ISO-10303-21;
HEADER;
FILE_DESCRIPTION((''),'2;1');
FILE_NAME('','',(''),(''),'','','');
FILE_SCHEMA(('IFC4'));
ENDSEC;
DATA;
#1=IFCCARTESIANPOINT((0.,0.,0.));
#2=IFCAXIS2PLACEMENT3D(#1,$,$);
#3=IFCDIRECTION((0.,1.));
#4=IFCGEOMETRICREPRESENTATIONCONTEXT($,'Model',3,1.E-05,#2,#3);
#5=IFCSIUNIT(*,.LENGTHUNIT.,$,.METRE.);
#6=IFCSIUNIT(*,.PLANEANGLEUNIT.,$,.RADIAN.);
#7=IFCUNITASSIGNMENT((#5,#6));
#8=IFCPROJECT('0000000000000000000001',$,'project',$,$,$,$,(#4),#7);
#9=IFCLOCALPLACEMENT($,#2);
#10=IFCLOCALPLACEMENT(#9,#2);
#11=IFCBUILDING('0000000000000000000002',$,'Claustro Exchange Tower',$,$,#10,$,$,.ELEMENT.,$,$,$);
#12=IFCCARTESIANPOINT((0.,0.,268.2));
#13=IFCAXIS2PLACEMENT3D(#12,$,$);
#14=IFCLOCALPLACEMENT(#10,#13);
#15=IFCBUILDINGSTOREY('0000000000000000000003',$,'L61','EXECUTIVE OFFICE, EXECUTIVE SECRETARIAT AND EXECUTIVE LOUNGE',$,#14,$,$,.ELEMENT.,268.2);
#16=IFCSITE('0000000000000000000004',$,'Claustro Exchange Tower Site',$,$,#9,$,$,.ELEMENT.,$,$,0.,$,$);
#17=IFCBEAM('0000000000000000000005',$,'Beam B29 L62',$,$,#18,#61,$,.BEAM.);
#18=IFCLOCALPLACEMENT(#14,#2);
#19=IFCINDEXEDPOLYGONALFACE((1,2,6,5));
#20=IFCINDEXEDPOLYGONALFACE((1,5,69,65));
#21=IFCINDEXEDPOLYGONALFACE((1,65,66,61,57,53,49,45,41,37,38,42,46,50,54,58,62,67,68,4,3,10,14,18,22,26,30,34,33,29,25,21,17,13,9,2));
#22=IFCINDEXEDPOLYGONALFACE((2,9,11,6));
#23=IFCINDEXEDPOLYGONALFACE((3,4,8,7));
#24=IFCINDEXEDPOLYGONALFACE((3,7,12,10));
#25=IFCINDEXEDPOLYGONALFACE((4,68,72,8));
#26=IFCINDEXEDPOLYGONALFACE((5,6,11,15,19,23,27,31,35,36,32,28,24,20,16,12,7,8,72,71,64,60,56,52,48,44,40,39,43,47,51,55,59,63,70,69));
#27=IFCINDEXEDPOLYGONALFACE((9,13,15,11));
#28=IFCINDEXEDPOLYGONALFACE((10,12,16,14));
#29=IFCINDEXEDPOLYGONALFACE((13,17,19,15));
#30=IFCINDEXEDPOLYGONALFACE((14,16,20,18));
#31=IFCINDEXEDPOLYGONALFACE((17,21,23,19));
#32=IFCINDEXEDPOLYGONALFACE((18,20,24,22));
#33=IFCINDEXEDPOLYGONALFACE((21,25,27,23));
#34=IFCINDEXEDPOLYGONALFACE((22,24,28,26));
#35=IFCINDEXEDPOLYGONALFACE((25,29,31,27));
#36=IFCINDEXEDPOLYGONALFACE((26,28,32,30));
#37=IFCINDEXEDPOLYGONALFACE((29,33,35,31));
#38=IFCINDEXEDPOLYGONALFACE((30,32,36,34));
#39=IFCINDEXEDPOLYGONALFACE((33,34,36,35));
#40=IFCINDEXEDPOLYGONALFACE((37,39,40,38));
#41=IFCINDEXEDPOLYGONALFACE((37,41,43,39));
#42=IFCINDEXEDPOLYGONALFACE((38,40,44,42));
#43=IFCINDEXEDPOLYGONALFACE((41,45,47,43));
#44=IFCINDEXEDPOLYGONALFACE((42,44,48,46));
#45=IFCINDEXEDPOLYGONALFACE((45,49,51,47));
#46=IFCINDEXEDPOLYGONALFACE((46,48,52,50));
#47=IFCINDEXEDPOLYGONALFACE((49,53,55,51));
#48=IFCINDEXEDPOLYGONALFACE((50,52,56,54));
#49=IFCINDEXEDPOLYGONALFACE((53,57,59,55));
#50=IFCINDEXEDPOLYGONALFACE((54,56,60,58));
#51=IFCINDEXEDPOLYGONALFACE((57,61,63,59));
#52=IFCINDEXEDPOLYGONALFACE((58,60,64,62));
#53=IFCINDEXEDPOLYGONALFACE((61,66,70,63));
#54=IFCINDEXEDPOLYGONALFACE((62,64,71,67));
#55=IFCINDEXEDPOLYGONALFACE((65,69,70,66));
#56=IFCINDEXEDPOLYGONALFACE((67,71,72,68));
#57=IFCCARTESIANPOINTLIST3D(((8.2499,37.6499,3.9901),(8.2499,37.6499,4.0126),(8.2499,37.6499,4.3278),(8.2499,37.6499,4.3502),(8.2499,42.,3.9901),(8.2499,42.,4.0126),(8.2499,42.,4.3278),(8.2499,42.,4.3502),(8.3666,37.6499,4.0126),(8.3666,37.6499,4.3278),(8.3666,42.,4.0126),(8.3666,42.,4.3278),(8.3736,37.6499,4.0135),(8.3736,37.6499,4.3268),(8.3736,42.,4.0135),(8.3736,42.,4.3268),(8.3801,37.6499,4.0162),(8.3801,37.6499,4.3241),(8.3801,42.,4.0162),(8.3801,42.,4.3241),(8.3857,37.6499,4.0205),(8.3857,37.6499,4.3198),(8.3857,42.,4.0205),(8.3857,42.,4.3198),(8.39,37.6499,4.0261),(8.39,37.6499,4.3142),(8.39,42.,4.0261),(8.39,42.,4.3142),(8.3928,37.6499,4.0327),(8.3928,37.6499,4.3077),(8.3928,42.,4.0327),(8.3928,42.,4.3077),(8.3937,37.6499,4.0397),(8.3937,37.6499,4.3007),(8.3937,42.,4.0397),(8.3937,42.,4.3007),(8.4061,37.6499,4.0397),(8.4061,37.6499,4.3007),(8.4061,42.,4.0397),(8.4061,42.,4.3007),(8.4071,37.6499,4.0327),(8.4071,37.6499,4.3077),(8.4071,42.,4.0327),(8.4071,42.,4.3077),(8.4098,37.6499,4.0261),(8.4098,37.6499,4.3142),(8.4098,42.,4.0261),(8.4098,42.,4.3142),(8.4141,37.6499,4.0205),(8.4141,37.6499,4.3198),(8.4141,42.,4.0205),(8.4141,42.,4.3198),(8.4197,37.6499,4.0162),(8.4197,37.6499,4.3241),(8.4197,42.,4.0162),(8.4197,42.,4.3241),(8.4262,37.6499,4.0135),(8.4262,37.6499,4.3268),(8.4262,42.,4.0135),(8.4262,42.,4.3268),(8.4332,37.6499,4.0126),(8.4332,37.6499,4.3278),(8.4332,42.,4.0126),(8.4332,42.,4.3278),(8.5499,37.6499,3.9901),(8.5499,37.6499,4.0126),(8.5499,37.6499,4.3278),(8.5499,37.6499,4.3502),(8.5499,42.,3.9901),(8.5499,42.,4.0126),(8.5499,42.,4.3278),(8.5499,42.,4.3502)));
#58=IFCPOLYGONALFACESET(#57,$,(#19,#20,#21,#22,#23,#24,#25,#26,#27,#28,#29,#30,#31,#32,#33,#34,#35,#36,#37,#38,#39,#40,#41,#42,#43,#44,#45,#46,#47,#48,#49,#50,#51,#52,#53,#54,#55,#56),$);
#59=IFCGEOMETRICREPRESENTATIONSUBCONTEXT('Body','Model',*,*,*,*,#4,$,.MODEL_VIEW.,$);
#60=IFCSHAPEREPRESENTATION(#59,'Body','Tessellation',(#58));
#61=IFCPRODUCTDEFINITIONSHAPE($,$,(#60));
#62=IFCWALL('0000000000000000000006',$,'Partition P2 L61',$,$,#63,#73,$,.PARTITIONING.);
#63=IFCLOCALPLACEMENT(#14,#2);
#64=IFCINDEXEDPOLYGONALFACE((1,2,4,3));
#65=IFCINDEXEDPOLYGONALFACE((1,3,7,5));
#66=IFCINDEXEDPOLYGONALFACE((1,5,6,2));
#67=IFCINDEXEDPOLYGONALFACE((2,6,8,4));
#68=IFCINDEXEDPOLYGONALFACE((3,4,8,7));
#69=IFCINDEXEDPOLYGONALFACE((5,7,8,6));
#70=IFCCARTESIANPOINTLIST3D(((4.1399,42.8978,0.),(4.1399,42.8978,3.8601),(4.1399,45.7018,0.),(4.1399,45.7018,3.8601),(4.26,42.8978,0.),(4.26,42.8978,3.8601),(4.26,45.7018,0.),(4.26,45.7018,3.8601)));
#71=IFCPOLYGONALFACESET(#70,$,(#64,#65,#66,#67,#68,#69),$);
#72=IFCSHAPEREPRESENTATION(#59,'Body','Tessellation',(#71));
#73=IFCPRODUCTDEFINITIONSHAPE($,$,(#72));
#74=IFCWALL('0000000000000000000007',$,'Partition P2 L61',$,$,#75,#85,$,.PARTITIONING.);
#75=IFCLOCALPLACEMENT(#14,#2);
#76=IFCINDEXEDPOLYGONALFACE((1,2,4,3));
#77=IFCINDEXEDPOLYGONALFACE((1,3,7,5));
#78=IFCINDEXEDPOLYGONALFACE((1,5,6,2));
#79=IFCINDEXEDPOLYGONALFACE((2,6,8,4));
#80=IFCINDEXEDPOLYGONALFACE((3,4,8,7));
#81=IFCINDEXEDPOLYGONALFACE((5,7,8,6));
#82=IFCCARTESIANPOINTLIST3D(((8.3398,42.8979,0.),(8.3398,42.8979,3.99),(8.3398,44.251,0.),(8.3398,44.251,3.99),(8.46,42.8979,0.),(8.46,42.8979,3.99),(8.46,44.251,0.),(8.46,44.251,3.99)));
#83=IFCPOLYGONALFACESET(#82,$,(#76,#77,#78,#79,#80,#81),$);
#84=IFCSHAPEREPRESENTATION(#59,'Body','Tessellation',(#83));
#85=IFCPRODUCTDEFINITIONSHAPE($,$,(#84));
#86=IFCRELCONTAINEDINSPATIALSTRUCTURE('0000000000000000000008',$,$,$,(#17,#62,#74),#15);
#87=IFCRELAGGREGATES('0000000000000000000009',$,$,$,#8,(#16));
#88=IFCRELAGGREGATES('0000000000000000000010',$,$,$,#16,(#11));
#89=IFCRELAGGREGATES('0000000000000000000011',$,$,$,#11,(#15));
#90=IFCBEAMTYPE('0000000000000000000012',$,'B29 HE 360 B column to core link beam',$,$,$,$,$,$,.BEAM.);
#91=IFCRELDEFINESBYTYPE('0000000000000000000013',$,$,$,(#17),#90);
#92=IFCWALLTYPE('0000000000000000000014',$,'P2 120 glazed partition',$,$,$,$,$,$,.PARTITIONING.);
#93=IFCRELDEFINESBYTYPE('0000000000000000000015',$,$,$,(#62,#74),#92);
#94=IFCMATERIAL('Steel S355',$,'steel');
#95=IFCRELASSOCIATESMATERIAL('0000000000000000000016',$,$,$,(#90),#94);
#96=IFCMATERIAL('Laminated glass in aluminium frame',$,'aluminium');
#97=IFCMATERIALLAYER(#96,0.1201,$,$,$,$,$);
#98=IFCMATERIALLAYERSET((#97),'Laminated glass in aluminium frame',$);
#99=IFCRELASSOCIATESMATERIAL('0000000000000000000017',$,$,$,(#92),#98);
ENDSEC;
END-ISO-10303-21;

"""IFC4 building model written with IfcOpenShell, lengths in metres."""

from ifc_helpers import new_model, si_unit, direction, frame, frame_2d, origin, origin_2d, place, context, subcontext, project, spatial, rectangle, i_section, extrude, material, layer, layer_set, material_profile, profile_set, type_object, element, save


model = new_model("IFC4")

# Units and contexts
model_context = context("Model", 3, precision=1e-05, world=origin(), true_north=direction((0.0, 1.0)))
body_context = subcontext(model_context, "Body", "Model", "MODEL_VIEW")
ifc_project = project(units=[si_unit("LENGTHUNIT", "METRE"), si_unit("PLANEANGLEUNIT", "RADIAN")], contexts=[model_context])

# Site, building, storey
site_placement = place(None, origin())
site = spatial("IfcSite", under=ifc_project, at=site_placement, Name="Claustro Exchange Tower Site", CompositionType="ELEMENT", RefElevation=0.0)
building_placement = place(site_placement, origin())
building = spatial("IfcBuilding", under=site, at=building_placement, Name="Claustro Exchange Tower", CompositionType="ELEMENT")
storey_placement = place(building_placement, frame((0.0, 0.0, 268.2)))
storey = spatial("IfcBuildingStorey", under=building, at=storey_placement, Name="L61", Description="EXECUTIVE OFFICE, EXECUTIVE SECRETARIAT AND EXECUTIVE LOUNGE", CompositionType="ELEMENT", Elevation=268.2)

# Beam
ifc_material_1 = material(Name="Steel S355", Category="steel")
ifc_material_profile_1 = material_profile(ifc_material_1, i_section(OverallWidth=0.3, OverallDepth=0.3601, WebThickness=0.0125, FlangeThickness=0.0225, FilletRadius=0.0271, at=origin_2d()), Name="HE 360 B")
ifc_profile_set_1 = profile_set([ifc_material_profile_1], Name="Steel S355")
beam_type_1 = type_object("IfcBeamType", Name="B29 HE 360 B column to core link beam", PredefinedType="BEAM", material=ifc_profile_set_1)
beam_1_placement = place(storey_placement, frame((8.3999, 37.6499, 4.1702), z_axis=(0.0, 1.0, 0.0), x_axis=(-1.0, 0.0, 0.0)))
element("IfcBeam", 1, at=beam_1_placement, inside=storey, type_object=beam_type_1, Name="Beam B29 L62", PredefinedType="BEAM", context=body_context, shape_type="SweptSolid", body=[
    extrude(i_section(OverallWidth=0.3, OverallDepth=0.3601, WebThickness=0.0125, FlangeThickness=0.0225, FilletRadius=0.0271, at=origin_2d()), origin(), (0.0, 0.0, 1.0), 4.3501),
])

# Walls
ifc_material_2 = material(Name="Laminated glass in aluminium frame", Category="aluminium")
ifc_layer_1 = layer(ifc_material_2, 0.1201)
ifc_layer_set_1 = layer_set([ifc_layer_1], Name="Laminated glass in aluminium frame")
wall_type_1 = type_object("IfcWallType", Name="P2 120 glazed partition", PredefinedType="PARTITIONING", material=ifc_layer_set_1)
wall_1_placement = place(storey_placement, frame((4.2, 42.8979, 0.0), z_axis=(0.0, 0.0, 1.0), x_axis=(0.0, 1.0, 0.0)))
element("IfcWall", 2, at=wall_1_placement, inside=storey, type_object=wall_type_1, Name="Partition P2 L61", PredefinedType="PARTITIONING", context=body_context, shape_type="SweptSolid", body=[
    extrude(rectangle(XDim=2.804, YDim=0.1201, at=frame_2d((1.4019, 0.0))), origin(), (0.0, 0.0, 1.0), 3.8601),
])
wall_2_placement = place(storey_placement, frame((8.3999, 42.8979, 0.0), z_axis=(0.0, 0.0, 1.0), x_axis=(0.0, 1.0, 0.0)))
element("IfcWall", 3, at=wall_2_placement, inside=storey, type_object=wall_type_1, Name="Partition P2 L61", PredefinedType="PARTITIONING", context=body_context, shape_type="SweptSolid", body=[
    extrude(rectangle(XDim=1.353, YDim=0.1201, at=frame_2d((0.6765, 0.0))), origin(), (0.0, 0.0, 1.0), 3.99),
])

save(model, "model.ifc")
